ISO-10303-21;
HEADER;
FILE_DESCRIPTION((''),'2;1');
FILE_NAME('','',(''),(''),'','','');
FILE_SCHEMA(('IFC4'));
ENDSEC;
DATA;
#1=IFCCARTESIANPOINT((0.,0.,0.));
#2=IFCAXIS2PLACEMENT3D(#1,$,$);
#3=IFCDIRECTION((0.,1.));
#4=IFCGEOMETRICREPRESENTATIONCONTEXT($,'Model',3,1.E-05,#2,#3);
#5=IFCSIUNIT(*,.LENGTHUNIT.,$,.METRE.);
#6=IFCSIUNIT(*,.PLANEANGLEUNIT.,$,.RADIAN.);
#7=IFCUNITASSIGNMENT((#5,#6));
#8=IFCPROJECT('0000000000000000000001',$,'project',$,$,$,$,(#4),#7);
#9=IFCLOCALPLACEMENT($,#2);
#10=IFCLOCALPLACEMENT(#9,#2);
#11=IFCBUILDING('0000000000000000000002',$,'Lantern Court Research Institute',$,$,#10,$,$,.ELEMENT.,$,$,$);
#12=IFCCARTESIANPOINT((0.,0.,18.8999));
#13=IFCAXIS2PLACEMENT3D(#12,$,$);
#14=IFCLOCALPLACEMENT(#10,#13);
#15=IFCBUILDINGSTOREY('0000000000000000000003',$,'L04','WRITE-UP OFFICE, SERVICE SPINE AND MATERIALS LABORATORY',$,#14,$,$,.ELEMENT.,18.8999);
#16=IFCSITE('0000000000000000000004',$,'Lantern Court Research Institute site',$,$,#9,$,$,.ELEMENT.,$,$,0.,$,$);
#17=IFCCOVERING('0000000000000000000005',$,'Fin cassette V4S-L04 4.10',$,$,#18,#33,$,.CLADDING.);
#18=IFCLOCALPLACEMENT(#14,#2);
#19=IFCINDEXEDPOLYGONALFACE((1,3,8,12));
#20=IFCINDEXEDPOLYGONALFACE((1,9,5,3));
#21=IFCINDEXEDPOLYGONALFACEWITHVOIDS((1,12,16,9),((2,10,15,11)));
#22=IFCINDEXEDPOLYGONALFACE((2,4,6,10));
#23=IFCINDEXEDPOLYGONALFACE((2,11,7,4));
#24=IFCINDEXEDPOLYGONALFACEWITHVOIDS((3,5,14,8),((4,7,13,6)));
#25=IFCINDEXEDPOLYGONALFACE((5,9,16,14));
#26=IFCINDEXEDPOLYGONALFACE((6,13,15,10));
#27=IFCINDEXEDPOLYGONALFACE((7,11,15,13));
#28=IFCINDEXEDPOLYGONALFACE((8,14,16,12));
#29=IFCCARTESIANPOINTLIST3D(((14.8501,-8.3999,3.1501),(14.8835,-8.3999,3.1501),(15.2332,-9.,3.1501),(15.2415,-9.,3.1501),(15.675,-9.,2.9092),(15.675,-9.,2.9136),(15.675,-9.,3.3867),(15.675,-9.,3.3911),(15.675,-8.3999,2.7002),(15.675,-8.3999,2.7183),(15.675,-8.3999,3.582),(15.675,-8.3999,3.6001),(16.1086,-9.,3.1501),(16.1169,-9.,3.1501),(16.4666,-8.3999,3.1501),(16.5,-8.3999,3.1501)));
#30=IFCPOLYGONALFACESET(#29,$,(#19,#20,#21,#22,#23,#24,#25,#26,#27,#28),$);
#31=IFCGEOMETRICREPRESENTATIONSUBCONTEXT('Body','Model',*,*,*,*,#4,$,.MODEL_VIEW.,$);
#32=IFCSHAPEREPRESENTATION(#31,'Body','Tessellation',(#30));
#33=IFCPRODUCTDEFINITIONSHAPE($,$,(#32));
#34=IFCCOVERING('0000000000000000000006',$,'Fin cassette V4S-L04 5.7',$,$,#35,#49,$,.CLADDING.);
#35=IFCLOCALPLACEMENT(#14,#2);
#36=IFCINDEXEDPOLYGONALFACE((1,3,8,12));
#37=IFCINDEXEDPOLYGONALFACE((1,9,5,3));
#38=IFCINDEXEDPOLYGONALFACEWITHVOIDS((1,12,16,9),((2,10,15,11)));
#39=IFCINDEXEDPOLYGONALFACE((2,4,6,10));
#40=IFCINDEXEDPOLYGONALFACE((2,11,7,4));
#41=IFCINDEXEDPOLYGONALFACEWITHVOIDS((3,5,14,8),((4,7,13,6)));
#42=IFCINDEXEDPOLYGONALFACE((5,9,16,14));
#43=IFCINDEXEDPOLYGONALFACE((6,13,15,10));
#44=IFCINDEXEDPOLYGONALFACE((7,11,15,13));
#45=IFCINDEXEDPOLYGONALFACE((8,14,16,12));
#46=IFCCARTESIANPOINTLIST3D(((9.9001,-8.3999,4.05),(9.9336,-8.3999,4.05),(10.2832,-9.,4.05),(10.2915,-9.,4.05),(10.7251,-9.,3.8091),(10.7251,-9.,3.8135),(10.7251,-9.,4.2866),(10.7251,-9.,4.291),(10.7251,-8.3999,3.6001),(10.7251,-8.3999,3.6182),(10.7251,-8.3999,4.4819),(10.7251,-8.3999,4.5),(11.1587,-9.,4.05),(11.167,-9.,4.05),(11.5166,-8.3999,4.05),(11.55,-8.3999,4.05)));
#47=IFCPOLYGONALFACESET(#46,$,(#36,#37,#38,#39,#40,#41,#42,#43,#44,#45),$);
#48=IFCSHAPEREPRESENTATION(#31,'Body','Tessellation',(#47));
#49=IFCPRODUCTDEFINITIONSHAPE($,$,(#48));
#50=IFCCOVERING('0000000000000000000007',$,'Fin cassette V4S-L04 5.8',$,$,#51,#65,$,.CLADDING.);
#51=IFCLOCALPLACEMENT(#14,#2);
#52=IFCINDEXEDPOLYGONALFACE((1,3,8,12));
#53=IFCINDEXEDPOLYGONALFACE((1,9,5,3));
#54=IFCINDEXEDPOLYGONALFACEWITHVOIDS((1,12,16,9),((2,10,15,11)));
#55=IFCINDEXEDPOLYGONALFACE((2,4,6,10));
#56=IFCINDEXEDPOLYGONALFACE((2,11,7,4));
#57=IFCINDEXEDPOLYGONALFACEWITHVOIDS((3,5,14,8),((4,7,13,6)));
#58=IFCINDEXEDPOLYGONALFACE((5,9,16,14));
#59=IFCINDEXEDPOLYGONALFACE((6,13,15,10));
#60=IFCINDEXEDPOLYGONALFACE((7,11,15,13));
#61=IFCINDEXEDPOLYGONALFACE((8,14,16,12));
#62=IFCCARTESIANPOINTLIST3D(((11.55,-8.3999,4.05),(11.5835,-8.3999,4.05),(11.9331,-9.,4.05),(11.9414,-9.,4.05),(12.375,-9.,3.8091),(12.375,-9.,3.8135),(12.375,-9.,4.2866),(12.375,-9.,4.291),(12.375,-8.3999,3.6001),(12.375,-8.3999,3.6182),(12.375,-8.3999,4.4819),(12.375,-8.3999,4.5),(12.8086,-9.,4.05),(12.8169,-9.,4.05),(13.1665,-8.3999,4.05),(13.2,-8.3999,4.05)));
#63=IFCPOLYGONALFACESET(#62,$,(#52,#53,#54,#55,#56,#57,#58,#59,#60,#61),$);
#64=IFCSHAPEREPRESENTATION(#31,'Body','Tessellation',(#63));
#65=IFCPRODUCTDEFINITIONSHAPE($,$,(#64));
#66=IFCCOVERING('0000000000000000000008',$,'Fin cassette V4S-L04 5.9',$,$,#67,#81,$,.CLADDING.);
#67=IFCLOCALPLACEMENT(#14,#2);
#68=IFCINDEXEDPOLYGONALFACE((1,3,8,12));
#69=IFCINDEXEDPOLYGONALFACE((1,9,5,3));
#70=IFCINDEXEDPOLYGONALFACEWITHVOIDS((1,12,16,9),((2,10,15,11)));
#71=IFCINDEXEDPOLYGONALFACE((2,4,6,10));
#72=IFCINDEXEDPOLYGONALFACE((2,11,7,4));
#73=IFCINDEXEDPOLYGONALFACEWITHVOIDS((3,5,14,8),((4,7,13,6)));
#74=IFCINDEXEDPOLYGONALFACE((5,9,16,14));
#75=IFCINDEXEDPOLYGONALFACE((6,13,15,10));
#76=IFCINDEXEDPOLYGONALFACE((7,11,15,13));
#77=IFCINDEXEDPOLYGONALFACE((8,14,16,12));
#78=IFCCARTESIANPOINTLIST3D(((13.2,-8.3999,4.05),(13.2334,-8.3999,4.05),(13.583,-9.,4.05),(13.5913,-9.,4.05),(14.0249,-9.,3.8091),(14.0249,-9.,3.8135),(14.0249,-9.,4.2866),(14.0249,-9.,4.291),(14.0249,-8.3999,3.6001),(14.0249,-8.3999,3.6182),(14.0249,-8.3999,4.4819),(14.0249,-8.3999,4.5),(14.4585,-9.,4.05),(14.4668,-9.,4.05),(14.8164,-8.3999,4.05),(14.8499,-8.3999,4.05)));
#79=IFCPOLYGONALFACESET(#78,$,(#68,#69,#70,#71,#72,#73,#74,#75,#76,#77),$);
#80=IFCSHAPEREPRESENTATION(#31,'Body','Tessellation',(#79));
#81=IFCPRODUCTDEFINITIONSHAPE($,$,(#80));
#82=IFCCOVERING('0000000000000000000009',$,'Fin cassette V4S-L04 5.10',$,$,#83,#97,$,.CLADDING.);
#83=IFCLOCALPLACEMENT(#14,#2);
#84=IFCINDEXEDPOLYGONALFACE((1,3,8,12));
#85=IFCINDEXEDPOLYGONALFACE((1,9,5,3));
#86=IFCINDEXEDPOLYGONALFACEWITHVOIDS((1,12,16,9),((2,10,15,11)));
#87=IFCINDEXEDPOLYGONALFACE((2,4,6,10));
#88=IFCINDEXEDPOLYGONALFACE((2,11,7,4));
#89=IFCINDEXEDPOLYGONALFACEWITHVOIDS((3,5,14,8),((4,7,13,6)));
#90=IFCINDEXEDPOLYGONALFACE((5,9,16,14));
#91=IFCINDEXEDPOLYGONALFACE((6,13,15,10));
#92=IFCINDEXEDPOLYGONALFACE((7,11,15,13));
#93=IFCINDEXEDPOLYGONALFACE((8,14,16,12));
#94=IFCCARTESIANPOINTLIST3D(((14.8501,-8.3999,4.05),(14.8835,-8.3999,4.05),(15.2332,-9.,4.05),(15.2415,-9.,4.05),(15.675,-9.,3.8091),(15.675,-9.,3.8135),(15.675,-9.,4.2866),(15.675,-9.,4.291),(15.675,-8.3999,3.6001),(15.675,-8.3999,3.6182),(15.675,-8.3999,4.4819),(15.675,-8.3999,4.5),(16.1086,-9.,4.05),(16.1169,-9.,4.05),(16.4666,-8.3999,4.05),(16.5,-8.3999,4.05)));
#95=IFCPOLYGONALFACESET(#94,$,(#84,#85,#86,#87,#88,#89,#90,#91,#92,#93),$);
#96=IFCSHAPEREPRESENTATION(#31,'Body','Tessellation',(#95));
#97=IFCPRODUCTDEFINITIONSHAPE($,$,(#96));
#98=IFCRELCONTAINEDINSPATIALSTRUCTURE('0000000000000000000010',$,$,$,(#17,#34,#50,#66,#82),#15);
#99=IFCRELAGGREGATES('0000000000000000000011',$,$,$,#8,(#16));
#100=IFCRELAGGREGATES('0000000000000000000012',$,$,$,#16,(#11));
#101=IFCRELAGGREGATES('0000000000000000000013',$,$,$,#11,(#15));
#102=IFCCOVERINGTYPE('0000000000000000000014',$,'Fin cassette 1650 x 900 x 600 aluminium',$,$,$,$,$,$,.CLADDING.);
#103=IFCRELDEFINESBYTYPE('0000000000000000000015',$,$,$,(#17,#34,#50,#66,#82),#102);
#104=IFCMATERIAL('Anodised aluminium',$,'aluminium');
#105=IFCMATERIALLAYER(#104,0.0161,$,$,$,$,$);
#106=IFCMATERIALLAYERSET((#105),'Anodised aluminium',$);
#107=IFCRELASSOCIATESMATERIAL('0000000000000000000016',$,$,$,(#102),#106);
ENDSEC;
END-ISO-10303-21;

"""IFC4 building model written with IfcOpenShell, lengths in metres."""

from ifc_helpers import new_model, entity, si_unit, direction, frame, origin, place, context, subcontext, project, spatial, material, layer, layer_set, type_object, element, save


model = new_model("IFC4")

# Units and contexts
model_context = context("Model", 3, precision=1e-05, world=origin(), true_north=direction((0.0, 1.0)))
body_context = subcontext(model_context, "Body", "Model", "MODEL_VIEW")
ifc_project = project(units=[si_unit("LENGTHUNIT", "METRE"), si_unit("PLANEANGLEUNIT", "RADIAN")], contexts=[model_context])

# Site, building, storey
site_placement = place(None, origin())
site = spatial("IfcSite", under=ifc_project, at=site_placement, Name="Lantern Court Research Institute site", CompositionType="ELEMENT", RefElevation=0.0)
building_placement = place(site_placement, origin())
building = spatial("IfcBuilding", under=site, at=building_placement, Name="Lantern Court Research Institute", CompositionType="ELEMENT")
storey_placement = place(building_placement, frame((0.0, 0.0, 18.8999)))
storey = spatial("IfcBuildingStorey", under=building, at=storey_placement, Name="L04", Description="WRITE-UP OFFICE, SERVICE SPINE AND MATERIALS LABORATORY", CompositionType="ELEMENT", Elevation=18.8999)

# Coverings
ifc_material_1 = material(Name="Anodised aluminium", Category="aluminium")
ifc_layer_1 = layer(ifc_material_1, 0.0161)
ifc_layer_set_1 = layer_set([ifc_layer_1], Name="Anodised aluminium")
covering_type = type_object("IfcCoveringType", Name="Fin cassette 1650 x 900 x 600 aluminium", PredefinedType="CLADDING", material=ifc_layer_set_1)
covering_1_placement = place(storey_placement, frame((15.675, -8.3999, 3.1501), z_axis=(0.0, -1.0, 0.0), x_axis=(1.0, 0.0, 0.0)))
cartesian_point_1 = entity("IfcCartesianPoint", [0.825, 0.0])
cartesian_point_2 = entity("IfcCartesianPoint", [0.7915, 0.0])
cartesian_point_3 = entity("IfcCartesianPoint", [0.4419, 0.0])
cartesian_point_4 = entity("IfcCartesianPoint", [0.4336, 0.0])
element("IfcCovering", 1, at=covering_1_placement, inside=storey, type_object=covering_type, Name="Fin cassette V4S-L04 4.10", PredefinedType="CLADDING", context=body_context, shape_type="SweptSolid", body=[
    entity("IfcExtrudedAreaSolidTapered", entity("IfcArbitraryProfileDefWithVoids", "AREA", None, entity("IfcPolyline", [cartesian_point_1, entity("IfcCartesianPoint", [0.0, 0.45]), entity("IfcCartesianPoint", [-0.825, 0.0]), entity("IfcCartesianPoint", [0.0, -0.45]), cartesian_point_1]), [entity("IfcPolyline", [cartesian_point_2, entity("IfcCartesianPoint", [0.0, 0.4319]), entity("IfcCartesianPoint", [-0.7915, 0.0]), entity("IfcCartesianPoint", [0.0, -0.4319]), cartesian_point_2])]), entity("IfcAxis2Placement3D", entity("IfcCartesianPoint", [0.0, 0.0, 0.0])), entity("IfcDirection", [0.0, 0.0, 1.0]), 0.6001, entity("IfcArbitraryProfileDefWithVoids", "AREA", None, entity("IfcPolyline", [cartesian_point_3, entity("IfcCartesianPoint", [0.0, 0.241]), entity("IfcCartesianPoint", [-0.4419, 0.0]), entity("IfcCartesianPoint", [0.0, -0.241]), cartesian_point_3]), [entity("IfcPolyline", [cartesian_point_4, entity("IfcCartesianPoint", [0.0, 0.2366]), entity("IfcCartesianPoint", [-0.4336, 0.0]), entity("IfcCartesianPoint", [0.0, -0.2366]), cartesian_point_4])])),
])
covering_2_placement = place(storey_placement, frame((10.7251, -8.3999, 4.05), z_axis=(0.0, -1.0, 0.0), x_axis=(1.0, 0.0, 0.0)))
cartesian_point_5 = entity("IfcCartesianPoint", [0.825, 0.0])
cartesian_point_6 = entity("IfcCartesianPoint", [0.7915, 0.0])
cartesian_point_7 = entity("IfcCartesianPoint", [0.4419, 0.0])
cartesian_point_8 = entity("IfcCartesianPoint", [0.4336, 0.0])
element("IfcCovering", 2, at=covering_2_placement, inside=storey, type_object=covering_type, Name="Fin cassette V4S-L04 5.7", PredefinedType="CLADDING", context=body_context, shape_type="SweptSolid", body=[
    entity("IfcExtrudedAreaSolidTapered", entity("IfcArbitraryProfileDefWithVoids", "AREA", None, entity("IfcPolyline", [cartesian_point_5, entity("IfcCartesianPoint", [0.0, 0.45]), entity("IfcCartesianPoint", [-0.825, 0.0]), entity("IfcCartesianPoint", [0.0, -0.45]), cartesian_point_5]), [entity("IfcPolyline", [cartesian_point_6, entity("IfcCartesianPoint", [0.0, 0.4319]), entity("IfcCartesianPoint", [-0.7915, 0.0]), entity("IfcCartesianPoint", [0.0, -0.4319]), cartesian_point_6])]), entity("IfcAxis2Placement3D", entity("IfcCartesianPoint", [0.0, 0.0, 0.0])), entity("IfcDirection", [0.0, 0.0, 1.0]), 0.6001, entity("IfcArbitraryProfileDefWithVoids", "AREA", None, entity("IfcPolyline", [cartesian_point_7, entity("IfcCartesianPoint", [0.0, 0.241]), entity("IfcCartesianPoint", [-0.4419, 0.0]), entity("IfcCartesianPoint", [0.0, -0.241]), cartesian_point_7]), [entity("IfcPolyline", [cartesian_point_8, entity("IfcCartesianPoint", [0.0, 0.2366]), entity("IfcCartesianPoint", [-0.4336, 0.0]), entity("IfcCartesianPoint", [0.0, -0.2366]), cartesian_point_8])])),
])
covering_3_placement = place(storey_placement, frame((12.375, -8.3999, 4.05), z_axis=(0.0, -1.0, 0.0), x_axis=(1.0, 0.0, 0.0)))
cartesian_point_9 = entity("IfcCartesianPoint", [0.825, 0.0])
cartesian_point_10 = entity("IfcCartesianPoint", [0.7915, 0.0])
cartesian_point_11 = entity("IfcCartesianPoint", [0.4419, 0.0])
cartesian_point_12 = entity("IfcCartesianPoint", [0.4336, 0.0])
element("IfcCovering", 3, at=covering_3_placement, inside=storey, type_object=covering_type, Name="Fin cassette V4S-L04 5.8", PredefinedType="CLADDING", context=body_context, shape_type="SweptSolid", body=[
    entity("IfcExtrudedAreaSolidTapered", entity("IfcArbitraryProfileDefWithVoids", "AREA", None, entity("IfcPolyline", [cartesian_point_9, entity("IfcCartesianPoint", [0.0, 0.45]), entity("IfcCartesianPoint", [-0.825, 0.0]), entity("IfcCartesianPoint", [0.0, -0.45]), cartesian_point_9]), [entity("IfcPolyline", [cartesian_point_10, entity("IfcCartesianPoint", [0.0, 0.4319]), entity("IfcCartesianPoint", [-0.7915, 0.0]), entity("IfcCartesianPoint", [0.0, -0.4319]), cartesian_point_10])]), entity("IfcAxis2Placement3D", entity("IfcCartesianPoint", [0.0, 0.0, 0.0])), entity("IfcDirection", [0.0, 0.0, 1.0]), 0.6001, entity("IfcArbitraryProfileDefWithVoids", "AREA", None, entity("IfcPolyline", [cartesian_point_11, entity("IfcCartesianPoint", [0.0, 0.241]), entity("IfcCartesianPoint", [-0.4419, 0.0]), entity("IfcCartesianPoint", [0.0, -0.241]), cartesian_point_11]), [entity("IfcPolyline", [cartesian_point_12, entity("IfcCartesianPoint", [0.0, 0.2366]), entity("IfcCartesianPoint", [-0.4336, 0.0]), entity("IfcCartesianPoint", [0.0, -0.2366]), cartesian_point_12])])),
])
covering_4_placement = place(storey_placement, frame((14.0249, -8.3999, 4.05), z_axis=(0.0, -1.0, 0.0), x_axis=(1.0, 0.0, 0.0)))
cartesian_point_13 = entity("IfcCartesianPoint", [0.825, 0.0])
cartesian_point_14 = entity("IfcCartesianPoint", [0.7915, 0.0])
cartesian_point_15 = entity("IfcCartesianPoint", [0.4419, 0.0])
cartesian_point_16 = entity("IfcCartesianPoint", [0.4336, 0.0])
element("IfcCovering", 4, at=covering_4_placement, inside=storey, type_object=covering_type, Name="Fin cassette V4S-L04 5.9", PredefinedType="CLADDING", context=body_context, shape_type="SweptSolid", body=[
    entity("IfcExtrudedAreaSolidTapered", entity("IfcArbitraryProfileDefWithVoids", "AREA", None, entity("IfcPolyline", [cartesian_point_13, entity("IfcCartesianPoint", [0.0, 0.45]), entity("IfcCartesianPoint", [-0.825, 0.0]), entity("IfcCartesianPoint", [0.0, -0.45]), cartesian_point_13]), [entity("IfcPolyline", [cartesian_point_14, entity("IfcCartesianPoint", [0.0, 0.4319]), entity("IfcCartesianPoint", [-0.7915, 0.0]), entity("IfcCartesianPoint", [0.0, -0.4319]), cartesian_point_14])]), entity("IfcAxis2Placement3D", entity("IfcCartesianPoint", [0.0, 0.0, 0.0])), entity("IfcDirection", [0.0, 0.0, 1.0]), 0.6001, entity("IfcArbitraryProfileDefWithVoids", "AREA", None, entity("IfcPolyline", [cartesian_point_15, entity("IfcCartesianPoint", [0.0, 0.241]), entity("IfcCartesianPoint", [-0.4419, 0.0]), entity("IfcCartesianPoint", [0.0, -0.241]), cartesian_point_15]), [entity("IfcPolyline", [cartesian_point_16, entity("IfcCartesianPoint", [0.0, 0.2366]), entity("IfcCartesianPoint", [-0.4336, 0.0]), entity("IfcCartesianPoint", [0.0, -0.2366]), cartesian_point_16])])),
])
covering_5_placement = place(storey_placement, frame((15.675, -8.3999, 4.05), z_axis=(0.0, -1.0, 0.0), x_axis=(1.0, 0.0, 0.0)))
cartesian_point_17 = entity("IfcCartesianPoint", [0.825, 0.0])
cartesian_point_18 = entity("IfcCartesianPoint", [0.7915, 0.0])
cartesian_point_19 = entity("IfcCartesianPoint", [0.4419, 0.0])
cartesian_point_20 = entity("IfcCartesianPoint", [0.4336, 0.0])
element("IfcCovering", 5, at=covering_5_placement, inside=storey, type_object=covering_type, Name="Fin cassette V4S-L04 5.10", PredefinedType="CLADDING", context=body_context, shape_type="SweptSolid", body=[
    entity("IfcExtrudedAreaSolidTapered", entity("IfcArbitraryProfileDefWithVoids", "AREA", None, entity("IfcPolyline", [cartesian_point_17, entity("IfcCartesianPoint", [0.0, 0.45]), entity("IfcCartesianPoint", [-0.825, 0.0]), entity("IfcCartesianPoint", [0.0, -0.45]), cartesian_point_17]), [entity("IfcPolyline", [cartesian_point_18, entity("IfcCartesianPoint", [0.0, 0.4319]), entity("IfcCartesianPoint", [-0.7915, 0.0]), entity("IfcCartesianPoint", [0.0, -0.4319]), cartesian_point_18])]), entity("IfcAxis2Placement3D", entity("IfcCartesianPoint", [0.0, 0.0, 0.0])), entity("IfcDirection", [0.0, 0.0, 1.0]), 0.6001, entity("IfcArbitraryProfileDefWithVoids", "AREA", None, entity("IfcPolyline", [cartesian_point_19, entity("IfcCartesianPoint", [0.0, 0.241]), entity("IfcCartesianPoint", [-0.4419, 0.0]), entity("IfcCartesianPoint", [0.0, -0.241]), cartesian_point_19]), [entity("IfcPolyline", [cartesian_point_20, entity("IfcCartesianPoint", [0.0, 0.2366]), entity("IfcCartesianPoint", [-0.4336, 0.0]), entity("IfcCartesianPoint", [0.0, -0.2366]), cartesian_point_20])])),
])

save(model, "model.ifc")
